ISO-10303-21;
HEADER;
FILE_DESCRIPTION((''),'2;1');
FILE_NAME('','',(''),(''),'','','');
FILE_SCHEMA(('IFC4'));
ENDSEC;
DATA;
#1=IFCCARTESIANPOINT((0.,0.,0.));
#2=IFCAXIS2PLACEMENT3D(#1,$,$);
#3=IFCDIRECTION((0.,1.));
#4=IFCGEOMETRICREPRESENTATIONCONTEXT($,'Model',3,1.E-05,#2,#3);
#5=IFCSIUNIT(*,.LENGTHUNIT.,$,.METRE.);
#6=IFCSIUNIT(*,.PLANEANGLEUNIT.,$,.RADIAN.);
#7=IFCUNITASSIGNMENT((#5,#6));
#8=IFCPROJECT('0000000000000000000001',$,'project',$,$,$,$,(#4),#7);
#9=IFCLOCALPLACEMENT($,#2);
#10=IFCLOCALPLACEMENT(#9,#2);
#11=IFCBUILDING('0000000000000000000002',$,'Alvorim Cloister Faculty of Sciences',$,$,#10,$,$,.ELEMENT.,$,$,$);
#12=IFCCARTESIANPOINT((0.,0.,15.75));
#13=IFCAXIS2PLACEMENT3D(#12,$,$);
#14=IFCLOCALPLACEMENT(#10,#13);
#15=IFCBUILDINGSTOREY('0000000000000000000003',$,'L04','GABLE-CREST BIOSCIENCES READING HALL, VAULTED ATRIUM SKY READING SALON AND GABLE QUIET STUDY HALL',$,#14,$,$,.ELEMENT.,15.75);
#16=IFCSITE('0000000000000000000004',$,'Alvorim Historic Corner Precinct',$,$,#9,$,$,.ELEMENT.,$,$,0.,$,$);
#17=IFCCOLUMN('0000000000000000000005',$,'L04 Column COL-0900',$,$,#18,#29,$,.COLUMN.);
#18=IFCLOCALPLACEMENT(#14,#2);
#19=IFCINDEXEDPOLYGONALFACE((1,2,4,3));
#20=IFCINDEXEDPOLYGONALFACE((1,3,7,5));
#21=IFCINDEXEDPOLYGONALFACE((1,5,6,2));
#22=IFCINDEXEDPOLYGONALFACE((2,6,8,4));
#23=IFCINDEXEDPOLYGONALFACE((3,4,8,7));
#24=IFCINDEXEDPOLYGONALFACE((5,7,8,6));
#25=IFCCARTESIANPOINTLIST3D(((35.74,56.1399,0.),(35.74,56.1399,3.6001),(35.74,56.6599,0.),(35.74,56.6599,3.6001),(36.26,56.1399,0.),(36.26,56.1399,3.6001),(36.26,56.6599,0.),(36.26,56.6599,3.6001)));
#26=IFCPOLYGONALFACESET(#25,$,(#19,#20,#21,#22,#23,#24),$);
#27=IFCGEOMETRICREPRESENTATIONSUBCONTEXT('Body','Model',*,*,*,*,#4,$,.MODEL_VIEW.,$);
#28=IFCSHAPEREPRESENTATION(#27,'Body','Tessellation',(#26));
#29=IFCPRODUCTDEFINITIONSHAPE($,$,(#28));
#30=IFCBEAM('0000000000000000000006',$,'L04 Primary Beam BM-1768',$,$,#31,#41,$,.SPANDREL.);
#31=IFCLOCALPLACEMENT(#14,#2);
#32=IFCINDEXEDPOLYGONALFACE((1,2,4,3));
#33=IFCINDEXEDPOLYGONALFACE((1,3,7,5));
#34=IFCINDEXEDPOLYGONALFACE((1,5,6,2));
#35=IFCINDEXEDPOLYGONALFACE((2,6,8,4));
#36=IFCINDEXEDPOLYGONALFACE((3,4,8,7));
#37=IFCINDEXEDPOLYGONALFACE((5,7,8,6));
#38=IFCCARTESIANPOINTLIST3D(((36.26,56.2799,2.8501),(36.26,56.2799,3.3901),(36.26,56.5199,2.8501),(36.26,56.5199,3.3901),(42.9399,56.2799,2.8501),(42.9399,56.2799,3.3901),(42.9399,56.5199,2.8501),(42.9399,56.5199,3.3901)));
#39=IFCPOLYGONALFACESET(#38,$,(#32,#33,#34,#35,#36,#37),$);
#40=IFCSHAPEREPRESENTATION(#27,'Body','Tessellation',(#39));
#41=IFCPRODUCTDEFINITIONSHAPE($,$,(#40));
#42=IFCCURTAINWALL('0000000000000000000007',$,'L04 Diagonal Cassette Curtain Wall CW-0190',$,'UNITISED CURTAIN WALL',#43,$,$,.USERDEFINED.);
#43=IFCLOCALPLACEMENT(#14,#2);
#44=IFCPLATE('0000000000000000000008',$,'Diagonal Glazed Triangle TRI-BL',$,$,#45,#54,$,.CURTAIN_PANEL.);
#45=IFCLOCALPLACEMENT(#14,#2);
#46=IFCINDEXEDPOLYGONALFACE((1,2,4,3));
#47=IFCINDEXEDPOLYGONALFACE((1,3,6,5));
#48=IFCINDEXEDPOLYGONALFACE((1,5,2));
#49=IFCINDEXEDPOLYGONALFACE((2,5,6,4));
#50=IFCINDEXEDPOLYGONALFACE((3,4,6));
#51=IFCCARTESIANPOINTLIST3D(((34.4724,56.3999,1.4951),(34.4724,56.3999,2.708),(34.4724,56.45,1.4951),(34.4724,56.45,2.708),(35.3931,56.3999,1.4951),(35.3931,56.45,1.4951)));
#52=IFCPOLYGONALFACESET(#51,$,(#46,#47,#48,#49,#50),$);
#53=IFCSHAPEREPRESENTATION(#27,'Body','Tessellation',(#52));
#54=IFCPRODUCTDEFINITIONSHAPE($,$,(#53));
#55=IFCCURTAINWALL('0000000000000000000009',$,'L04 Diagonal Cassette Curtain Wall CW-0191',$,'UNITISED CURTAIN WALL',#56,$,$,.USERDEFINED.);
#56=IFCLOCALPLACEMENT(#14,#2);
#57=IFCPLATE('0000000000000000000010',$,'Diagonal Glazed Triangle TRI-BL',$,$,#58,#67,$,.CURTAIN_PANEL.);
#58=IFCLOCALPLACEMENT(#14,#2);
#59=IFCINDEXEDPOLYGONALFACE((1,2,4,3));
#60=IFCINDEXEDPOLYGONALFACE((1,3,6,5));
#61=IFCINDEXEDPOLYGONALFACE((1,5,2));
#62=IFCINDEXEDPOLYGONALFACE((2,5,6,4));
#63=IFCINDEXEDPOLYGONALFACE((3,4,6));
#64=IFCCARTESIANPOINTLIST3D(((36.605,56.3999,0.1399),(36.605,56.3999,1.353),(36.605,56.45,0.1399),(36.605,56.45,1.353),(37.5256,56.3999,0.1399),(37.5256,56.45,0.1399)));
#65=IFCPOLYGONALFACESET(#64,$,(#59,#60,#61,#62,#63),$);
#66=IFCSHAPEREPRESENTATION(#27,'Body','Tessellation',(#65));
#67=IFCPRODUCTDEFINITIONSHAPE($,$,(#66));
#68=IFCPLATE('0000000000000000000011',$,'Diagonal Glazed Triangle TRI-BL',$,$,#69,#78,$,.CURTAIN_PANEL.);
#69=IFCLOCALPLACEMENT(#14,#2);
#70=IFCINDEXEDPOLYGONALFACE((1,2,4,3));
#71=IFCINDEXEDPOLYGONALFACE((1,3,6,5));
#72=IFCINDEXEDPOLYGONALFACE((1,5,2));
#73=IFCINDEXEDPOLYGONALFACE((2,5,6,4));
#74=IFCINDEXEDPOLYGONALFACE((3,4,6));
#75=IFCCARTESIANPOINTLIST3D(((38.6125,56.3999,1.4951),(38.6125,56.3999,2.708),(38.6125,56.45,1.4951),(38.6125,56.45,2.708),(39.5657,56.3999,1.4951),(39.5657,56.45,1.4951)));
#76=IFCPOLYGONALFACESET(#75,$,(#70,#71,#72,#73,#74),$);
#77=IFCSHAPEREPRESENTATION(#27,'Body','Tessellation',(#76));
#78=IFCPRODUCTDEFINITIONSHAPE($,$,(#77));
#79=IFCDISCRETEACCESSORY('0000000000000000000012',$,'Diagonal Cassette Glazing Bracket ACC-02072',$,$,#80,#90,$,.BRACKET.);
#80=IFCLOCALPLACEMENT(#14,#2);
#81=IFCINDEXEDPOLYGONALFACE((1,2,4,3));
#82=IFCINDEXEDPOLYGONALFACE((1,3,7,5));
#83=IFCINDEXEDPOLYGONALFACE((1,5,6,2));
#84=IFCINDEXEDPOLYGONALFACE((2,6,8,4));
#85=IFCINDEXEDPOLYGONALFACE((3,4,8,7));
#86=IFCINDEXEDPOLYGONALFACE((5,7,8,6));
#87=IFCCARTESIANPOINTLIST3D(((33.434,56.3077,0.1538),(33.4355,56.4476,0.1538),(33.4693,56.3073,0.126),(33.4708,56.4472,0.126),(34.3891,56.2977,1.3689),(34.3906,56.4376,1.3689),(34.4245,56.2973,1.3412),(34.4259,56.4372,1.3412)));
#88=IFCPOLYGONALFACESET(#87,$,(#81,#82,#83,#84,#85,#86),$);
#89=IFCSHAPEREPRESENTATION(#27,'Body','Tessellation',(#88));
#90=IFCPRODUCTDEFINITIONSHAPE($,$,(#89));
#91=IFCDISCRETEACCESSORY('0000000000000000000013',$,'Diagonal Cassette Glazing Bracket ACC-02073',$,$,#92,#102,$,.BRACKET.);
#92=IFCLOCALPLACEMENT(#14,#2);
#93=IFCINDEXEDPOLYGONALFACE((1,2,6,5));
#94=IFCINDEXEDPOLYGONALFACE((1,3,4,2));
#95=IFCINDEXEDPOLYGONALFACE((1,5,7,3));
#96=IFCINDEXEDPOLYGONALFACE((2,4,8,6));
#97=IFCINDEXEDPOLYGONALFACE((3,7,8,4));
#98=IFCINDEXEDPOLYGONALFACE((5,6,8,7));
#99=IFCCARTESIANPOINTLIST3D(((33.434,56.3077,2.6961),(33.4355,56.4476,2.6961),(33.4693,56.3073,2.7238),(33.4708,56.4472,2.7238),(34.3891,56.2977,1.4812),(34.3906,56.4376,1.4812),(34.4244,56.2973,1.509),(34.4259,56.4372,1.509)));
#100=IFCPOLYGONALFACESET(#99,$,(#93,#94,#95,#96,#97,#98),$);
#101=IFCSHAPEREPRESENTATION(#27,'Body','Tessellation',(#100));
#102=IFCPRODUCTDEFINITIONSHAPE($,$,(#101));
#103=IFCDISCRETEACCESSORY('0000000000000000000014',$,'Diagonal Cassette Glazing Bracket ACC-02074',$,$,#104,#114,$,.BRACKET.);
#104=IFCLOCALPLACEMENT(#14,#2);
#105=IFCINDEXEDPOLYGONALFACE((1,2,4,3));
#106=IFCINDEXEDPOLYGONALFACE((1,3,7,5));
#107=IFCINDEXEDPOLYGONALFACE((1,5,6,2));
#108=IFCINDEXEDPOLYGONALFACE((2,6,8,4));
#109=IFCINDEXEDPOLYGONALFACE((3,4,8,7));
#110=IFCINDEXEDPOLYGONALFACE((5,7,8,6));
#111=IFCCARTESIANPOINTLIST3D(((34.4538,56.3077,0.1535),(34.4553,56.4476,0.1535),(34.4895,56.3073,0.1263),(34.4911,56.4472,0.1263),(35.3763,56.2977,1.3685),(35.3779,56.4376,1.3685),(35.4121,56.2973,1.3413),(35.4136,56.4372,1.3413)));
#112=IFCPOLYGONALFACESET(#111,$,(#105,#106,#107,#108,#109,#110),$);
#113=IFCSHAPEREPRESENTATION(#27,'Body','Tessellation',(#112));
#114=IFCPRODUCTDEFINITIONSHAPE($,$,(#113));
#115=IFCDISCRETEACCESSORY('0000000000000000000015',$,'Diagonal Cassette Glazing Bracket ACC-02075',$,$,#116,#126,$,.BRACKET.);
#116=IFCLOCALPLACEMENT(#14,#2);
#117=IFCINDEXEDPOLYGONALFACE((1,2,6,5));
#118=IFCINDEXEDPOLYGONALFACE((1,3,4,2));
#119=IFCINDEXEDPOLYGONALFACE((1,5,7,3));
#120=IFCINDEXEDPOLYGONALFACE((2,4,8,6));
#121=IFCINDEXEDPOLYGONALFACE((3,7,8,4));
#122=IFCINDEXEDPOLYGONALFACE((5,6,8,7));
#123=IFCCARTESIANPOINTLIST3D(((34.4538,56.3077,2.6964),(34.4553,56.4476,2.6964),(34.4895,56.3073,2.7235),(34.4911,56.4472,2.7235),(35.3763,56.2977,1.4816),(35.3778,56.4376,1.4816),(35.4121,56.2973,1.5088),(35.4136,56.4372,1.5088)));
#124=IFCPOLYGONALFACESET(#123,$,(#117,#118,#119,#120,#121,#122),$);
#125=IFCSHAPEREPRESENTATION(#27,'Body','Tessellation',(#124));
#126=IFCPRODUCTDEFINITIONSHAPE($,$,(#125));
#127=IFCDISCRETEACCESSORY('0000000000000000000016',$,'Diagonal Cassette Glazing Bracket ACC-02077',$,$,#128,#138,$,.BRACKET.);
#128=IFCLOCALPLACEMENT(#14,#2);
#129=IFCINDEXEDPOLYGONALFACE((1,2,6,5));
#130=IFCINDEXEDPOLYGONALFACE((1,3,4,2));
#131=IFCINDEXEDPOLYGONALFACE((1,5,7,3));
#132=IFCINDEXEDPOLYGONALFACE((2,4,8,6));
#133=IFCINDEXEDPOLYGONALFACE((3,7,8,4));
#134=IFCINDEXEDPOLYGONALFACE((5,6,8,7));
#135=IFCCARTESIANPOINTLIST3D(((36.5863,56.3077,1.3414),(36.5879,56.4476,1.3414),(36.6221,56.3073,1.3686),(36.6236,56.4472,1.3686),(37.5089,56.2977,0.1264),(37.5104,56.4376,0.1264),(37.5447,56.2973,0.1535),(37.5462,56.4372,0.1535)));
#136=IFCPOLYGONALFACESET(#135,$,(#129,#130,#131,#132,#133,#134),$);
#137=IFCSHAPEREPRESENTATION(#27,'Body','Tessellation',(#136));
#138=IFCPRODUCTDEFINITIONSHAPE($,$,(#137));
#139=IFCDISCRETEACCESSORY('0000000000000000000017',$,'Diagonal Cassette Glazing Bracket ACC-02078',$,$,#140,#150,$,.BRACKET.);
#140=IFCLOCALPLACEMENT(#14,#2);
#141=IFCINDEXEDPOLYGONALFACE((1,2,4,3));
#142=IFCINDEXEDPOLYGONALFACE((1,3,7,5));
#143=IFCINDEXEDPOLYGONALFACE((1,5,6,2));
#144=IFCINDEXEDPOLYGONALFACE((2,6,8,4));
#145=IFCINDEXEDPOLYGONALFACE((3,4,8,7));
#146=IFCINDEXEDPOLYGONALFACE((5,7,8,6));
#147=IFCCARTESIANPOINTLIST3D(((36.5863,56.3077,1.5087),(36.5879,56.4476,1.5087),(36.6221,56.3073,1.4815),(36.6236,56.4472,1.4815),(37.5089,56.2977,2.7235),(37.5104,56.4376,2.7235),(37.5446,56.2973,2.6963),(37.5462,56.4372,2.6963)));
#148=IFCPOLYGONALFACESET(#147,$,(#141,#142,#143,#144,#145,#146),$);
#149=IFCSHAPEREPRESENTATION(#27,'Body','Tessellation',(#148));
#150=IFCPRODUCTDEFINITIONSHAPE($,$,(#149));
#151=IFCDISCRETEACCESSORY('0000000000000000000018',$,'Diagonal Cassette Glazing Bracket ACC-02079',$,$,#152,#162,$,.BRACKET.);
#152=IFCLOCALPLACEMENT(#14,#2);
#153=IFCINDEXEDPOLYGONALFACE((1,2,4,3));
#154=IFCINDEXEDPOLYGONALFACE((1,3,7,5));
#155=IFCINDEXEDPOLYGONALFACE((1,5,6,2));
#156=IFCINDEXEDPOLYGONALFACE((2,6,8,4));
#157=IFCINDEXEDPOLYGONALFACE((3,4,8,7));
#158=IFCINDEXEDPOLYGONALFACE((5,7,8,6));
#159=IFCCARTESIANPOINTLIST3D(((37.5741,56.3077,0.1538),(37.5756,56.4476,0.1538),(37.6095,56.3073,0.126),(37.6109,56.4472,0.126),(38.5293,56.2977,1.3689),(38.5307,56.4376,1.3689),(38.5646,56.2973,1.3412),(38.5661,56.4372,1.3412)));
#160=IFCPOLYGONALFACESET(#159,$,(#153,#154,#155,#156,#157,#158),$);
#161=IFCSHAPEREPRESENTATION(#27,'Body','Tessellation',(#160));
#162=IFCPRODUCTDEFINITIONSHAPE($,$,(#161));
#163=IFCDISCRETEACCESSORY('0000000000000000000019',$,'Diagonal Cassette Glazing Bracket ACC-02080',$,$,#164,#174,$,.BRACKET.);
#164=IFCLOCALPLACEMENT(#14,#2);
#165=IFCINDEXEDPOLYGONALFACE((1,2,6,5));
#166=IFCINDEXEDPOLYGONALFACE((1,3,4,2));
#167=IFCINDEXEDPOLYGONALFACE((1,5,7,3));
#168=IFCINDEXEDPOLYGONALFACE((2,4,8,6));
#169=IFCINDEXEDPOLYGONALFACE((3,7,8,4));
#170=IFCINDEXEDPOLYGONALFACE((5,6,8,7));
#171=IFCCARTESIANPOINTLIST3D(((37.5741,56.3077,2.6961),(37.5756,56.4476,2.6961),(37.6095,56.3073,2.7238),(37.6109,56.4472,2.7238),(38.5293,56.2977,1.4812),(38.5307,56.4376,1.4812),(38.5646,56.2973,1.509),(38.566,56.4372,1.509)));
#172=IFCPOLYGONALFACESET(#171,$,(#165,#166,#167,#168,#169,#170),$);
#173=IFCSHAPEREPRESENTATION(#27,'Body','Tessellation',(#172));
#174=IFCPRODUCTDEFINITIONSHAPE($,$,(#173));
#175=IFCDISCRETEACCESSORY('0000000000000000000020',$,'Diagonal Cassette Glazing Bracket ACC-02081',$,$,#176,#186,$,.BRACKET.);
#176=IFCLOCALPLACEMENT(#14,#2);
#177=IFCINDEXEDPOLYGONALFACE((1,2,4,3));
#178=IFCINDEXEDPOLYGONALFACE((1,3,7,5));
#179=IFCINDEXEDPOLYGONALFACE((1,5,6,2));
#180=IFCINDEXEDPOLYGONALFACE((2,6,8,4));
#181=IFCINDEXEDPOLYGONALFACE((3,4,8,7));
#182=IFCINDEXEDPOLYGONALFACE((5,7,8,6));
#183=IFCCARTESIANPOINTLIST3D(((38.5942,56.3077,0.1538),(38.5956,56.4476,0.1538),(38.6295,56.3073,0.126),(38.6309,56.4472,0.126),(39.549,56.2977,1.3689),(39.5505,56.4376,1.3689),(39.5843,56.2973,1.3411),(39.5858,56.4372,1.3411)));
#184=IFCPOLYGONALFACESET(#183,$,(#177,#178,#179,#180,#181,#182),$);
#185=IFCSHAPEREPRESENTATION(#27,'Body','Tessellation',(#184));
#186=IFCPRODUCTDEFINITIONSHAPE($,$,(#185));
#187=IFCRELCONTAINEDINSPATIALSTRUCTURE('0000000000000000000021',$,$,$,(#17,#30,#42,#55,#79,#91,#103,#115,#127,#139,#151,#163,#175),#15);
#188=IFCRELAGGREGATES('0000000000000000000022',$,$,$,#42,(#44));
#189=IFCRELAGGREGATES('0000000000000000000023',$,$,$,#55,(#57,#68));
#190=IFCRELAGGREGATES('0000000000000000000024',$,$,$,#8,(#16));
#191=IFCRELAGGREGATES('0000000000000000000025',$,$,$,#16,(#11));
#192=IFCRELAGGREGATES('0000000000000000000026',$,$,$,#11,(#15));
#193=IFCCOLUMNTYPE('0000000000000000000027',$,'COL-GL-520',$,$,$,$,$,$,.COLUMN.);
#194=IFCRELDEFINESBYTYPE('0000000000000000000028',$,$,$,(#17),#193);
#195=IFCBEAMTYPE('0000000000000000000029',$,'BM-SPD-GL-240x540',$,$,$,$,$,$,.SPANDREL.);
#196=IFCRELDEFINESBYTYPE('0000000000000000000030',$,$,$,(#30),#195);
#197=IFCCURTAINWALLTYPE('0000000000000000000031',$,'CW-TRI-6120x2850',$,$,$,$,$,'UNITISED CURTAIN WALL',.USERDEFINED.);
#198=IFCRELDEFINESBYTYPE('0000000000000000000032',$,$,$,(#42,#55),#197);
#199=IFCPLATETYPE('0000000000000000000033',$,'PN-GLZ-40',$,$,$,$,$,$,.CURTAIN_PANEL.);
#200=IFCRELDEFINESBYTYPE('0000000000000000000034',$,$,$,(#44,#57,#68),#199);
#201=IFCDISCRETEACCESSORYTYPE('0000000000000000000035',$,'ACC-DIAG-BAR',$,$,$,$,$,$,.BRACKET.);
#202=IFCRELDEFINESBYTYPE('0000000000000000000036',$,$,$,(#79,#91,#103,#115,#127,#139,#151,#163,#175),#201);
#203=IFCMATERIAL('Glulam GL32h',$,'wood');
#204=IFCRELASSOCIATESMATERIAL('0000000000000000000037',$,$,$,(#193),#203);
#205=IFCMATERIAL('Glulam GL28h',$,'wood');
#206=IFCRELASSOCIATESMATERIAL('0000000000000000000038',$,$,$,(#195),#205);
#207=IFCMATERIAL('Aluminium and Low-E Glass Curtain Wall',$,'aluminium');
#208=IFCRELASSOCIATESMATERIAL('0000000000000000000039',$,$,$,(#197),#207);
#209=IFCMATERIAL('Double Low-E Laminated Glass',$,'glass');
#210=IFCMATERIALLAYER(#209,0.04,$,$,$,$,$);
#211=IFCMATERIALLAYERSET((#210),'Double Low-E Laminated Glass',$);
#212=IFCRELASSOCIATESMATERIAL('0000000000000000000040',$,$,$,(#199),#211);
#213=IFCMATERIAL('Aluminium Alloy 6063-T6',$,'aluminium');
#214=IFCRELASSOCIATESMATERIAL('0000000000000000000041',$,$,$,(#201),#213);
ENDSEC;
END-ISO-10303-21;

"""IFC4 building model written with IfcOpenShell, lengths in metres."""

from ifc_helpers import new_model, si_unit, direction, frame, origin, origin_2d, place, context, subcontext, project, spatial, polyline, rectangle, outline, extrude, material, layer, layer_set, material_profile, profile_set, type_object, element, aggregate, save


model = new_model("IFC4")

# Units and contexts
model_context = context("Model", 3, precision=1e-05, world=origin(), true_north=direction((0.0, 1.0)))
body_context = subcontext(model_context, "Body", "Model", "MODEL_VIEW")
ifc_project = project(units=[si_unit("LENGTHUNIT", "METRE"), si_unit("PLANEANGLEUNIT", "RADIAN")], contexts=[model_context])

# Site, building, storey
site_placement = place(None, origin())
site = spatial("IfcSite", under=ifc_project, at=site_placement, Name="Alvorim Historic Corner Precinct", CompositionType="ELEMENT", RefElevation=0.0)
building_placement = place(site_placement, origin())
building = spatial("IfcBuilding", under=site, at=building_placement, Name="Alvorim Cloister Faculty of Sciences", CompositionType="ELEMENT")
storey_placement = place(building_placement, frame((0.0, 0.0, 15.75)))
storey = spatial("IfcBuildingStorey", under=building, at=storey_placement, Name="L04", Description="GABLE-CREST BIOSCIENCES READING HALL, VAULTED ATRIUM SKY READING SALON AND GABLE QUIET STUDY HALL", CompositionType="ELEMENT", Elevation=15.75)

# Column
ifc_material_1 = material(Name="Glulam GL32h", Category="wood")
ifc_material_profile_1 = material_profile(ifc_material_1, rectangle(XDim=0.52, YDim=0.52, at=origin_2d()), Name="GL32-COL-520x520")
ifc_profile_set_1 = profile_set([ifc_material_profile_1], Name="Glulam GL32h")
column_type = type_object("IfcColumnType", Name="COL-GL-520", PredefinedType="COLUMN", material=ifc_profile_set_1)
column_placement = place(storey_placement, frame((36.0, 56.3999, 0.0), z_axis=(0.0, 0.0, 1.0), x_axis=(1.0, 0.0, 0.0)))
element("IfcColumn", 1, at=column_placement, inside=storey, type_object=column_type, Name="L04 Column COL-0900", PredefinedType="COLUMN", context=body_context, shape_type="SweptSolid", body=[
    extrude(rectangle(XDim=0.52, YDim=0.52, at=origin_2d()), origin(), (0.0, 0.0, 1.0), 3.6001),
])

# Beam
ifc_material_2 = material(Name="Glulam GL28h", Category="wood")
ifc_material_profile_2 = material_profile(ifc_material_2, rectangle(XDim=0.24, YDim=0.54, at=origin_2d()), Name="GL28-SPD-240x540")
ifc_profile_set_2 = profile_set([ifc_material_profile_2], Name="Glulam GL28h")
beam_type = type_object("IfcBeamType", Name="BM-SPD-GL-240x540", PredefinedType="SPANDREL", material=ifc_profile_set_2)
beam_placement = place(storey_placement, frame((36.26, 56.3999, 3.1201), z_axis=(1.0, 0.0, 0.0), x_axis=(0.0, 1.0, 0.0)))
element("IfcBeam", 2, at=beam_placement, inside=storey, type_object=beam_type, Name="L04 Primary Beam BM-1768", PredefinedType="SPANDREL", context=body_context, shape_type="SweptSolid", body=[
    extrude(rectangle(XDim=0.24, YDim=0.54, at=origin_2d()), origin(), (0.0, 0.0, 1.0), 6.6799),
])

# Curtain walls, plates
ifc_material_3 = material(Name="Aluminium and Low-E Glass Curtain Wall", Category="aluminium")
curtain_wall_type = type_object("IfcCurtainWallType", Name="CW-TRI-6120x2850", ElementType="UNITISED CURTAIN WALL", PredefinedType="USERDEFINED", material=ifc_material_3)
curtain_wall_1_placement = place(storey_placement, origin())
curtain_wall_1 = element("IfcCurtainWall", 3, at=curtain_wall_1_placement, inside=storey, type_object=curtain_wall_type, Name="L04 Diagonal Cassette Curtain Wall CW-0190", ObjectType="UNITISED CURTAIN WALL", PredefinedType="USERDEFINED")
ifc_material_4 = material(Name="Double Low-E Laminated Glass", Category="glass")
ifc_layer = layer(ifc_material_4, 0.04)
ifc_layer_set = layer_set([ifc_layer], Name="Double Low-E Laminated Glass")
plate_type = type_object("IfcPlateType", Name="PN-GLZ-40", PredefinedType="CURTAIN_PANEL", material=ifc_layer_set)
plate_1_placement = place(storey_placement, frame((34.4724, 56.425, 1.4951), z_axis=(0.0, 0.0, 1.0), x_axis=(1.0, 0.0, 0.0)))
plate_1 = element("IfcPlate", 4, at=plate_1_placement, type_object=plate_type, Name="Diagonal Glazed Triangle TRI-BL", PredefinedType="CURTAIN_PANEL", context=body_context, shape_type="SweptSolid", body=[
    extrude(outline(polyline([(0.0, 0.0), (0.9207, 0.0), (0.0, 1.2129), (0.0, 0.0)])), frame((0.0, 0.0249, 0.0), z_axis=(0.0, -1.0, 0.0), x_axis=(1.0, 0.0, 0.0)), (0.0, 0.0, 1.0), 0.05),
])
aggregate(curtain_wall_1, [plate_1])
curtain_wall_2_placement = place(storey_placement, origin())
curtain_wall_2 = element("IfcCurtainWall", 5, at=curtain_wall_2_placement, inside=storey, type_object=curtain_wall_type, Name="L04 Diagonal Cassette Curtain Wall CW-0191", ObjectType="UNITISED CURTAIN WALL", PredefinedType="USERDEFINED")
plate_2_placement = place(storey_placement, frame((36.605, 56.425, 0.1399), z_axis=(0.0, 0.0, 1.0), x_axis=(1.0, 0.0, 0.0)))
plate_2 = element("IfcPlate", 6, at=plate_2_placement, type_object=plate_type, Name="Diagonal Glazed Triangle TRI-BL", PredefinedType="CURTAIN_PANEL", context=body_context, shape_type="SweptSolid", body=[
    extrude(outline(polyline([(0.0, 0.0), (0.9207, 0.0), (0.0, 1.2131), (0.0, 0.0)])), frame((0.0, 0.0249, 0.0), z_axis=(0.0, -1.0, 0.0), x_axis=(1.0, 0.0, 0.0)), (0.0, 0.0, 1.0), 0.05),
])
plate_3_placement = place(storey_placement, frame((38.6125, 56.425, 1.4951), z_axis=(0.0, 0.0, 1.0), x_axis=(1.0, 0.0, 0.0)))
plate_3 = element("IfcPlate", 7, at=plate_3_placement, type_object=plate_type, Name="Diagonal Glazed Triangle TRI-BL", PredefinedType="CURTAIN_PANEL", context=body_context, shape_type="SweptSolid", body=[
    extrude(outline(polyline([(0.0, 0.0), (0.9531, 0.0), (0.0, 1.2129), (0.0, 0.0)])), frame((0.0, 0.0249, 0.0), z_axis=(0.0, -1.0, 0.0), x_axis=(1.0, 0.0, 0.0)), (0.0, 0.0, 1.0), 0.05),
])
aggregate(curtain_wall_2, [plate_2, plate_3])

# Discrete accessories
ifc_material_5 = material(Name="Aluminium Alloy 6063-T6", Category="aluminium")
discrete_accessory_type = type_object("IfcDiscreteAccessoryType", Name="ACC-DIAG-BAR", PredefinedType="BRACKET", material=ifc_material_5)
discrete_accessory_1_placement = place(storey_placement, frame((33.4524, 56.3774, 0.1399), z_axis=(0.617955, -0.006477, 0.786187), x_axis=(0.01048, 0.999945, 0.0)))
element("IfcDiscreteAccessory", 8, at=discrete_accessory_1_placement, inside=storey, type_object=discrete_accessory_type, Name="Diagonal Cassette Glazing Bracket ACC-02072", PredefinedType="BRACKET", context=body_context, shape_type="SweptSolid", body=[
    extrude(rectangle(XDim=0.1399, YDim=0.0449, at=origin_2d()), origin(), (0.0, 0.0, 1.0), 1.5457),
])
discrete_accessory_2_placement = place(storey_placement, frame((33.4524, 56.3774, 2.71), z_axis=(0.618032, -0.006477, -0.786126), x_axis=(0.01048, 0.999945, 0.0)))
element("IfcDiscreteAccessory", 9, at=discrete_accessory_2_placement, inside=storey, type_object=discrete_accessory_type, Name="Diagonal Cassette Glazing Bracket ACC-02073", PredefinedType="BRACKET", context=body_context, shape_type="SweptSolid", body=[
    extrude(rectangle(XDim=0.1399, YDim=0.0449, at=origin_2d()), origin(), (0.0, 0.0, 1.0), 1.5454),
])
discrete_accessory_3_placement = place(storey_placement, frame((34.4724, 56.3774, 0.1399), z_axis=(0.604713, -0.006561, 0.796416), x_axis=(0.010849, 0.999941, 0.0)))
element("IfcDiscreteAccessory", 10, at=discrete_accessory_3_placement, inside=storey, type_object=discrete_accessory_type, Name="Diagonal Cassette Glazing Bracket ACC-02074", PredefinedType="BRACKET", context=body_context, shape_type="SweptSolid", body=[
    extrude(rectangle(XDim=0.1399, YDim=0.0449, at=origin_2d()), origin(), (0.0, 0.0, 1.0), 1.5256),
])
discrete_accessory_4_placement = place(storey_placement, frame((34.4724, 56.3774, 2.71), z_axis=(0.60479, -0.006562, -0.796358), x_axis=(0.010849, 0.999941, 0.0)))
element("IfcDiscreteAccessory", 11, at=discrete_accessory_4_placement, inside=storey, type_object=discrete_accessory_type, Name="Diagonal Cassette Glazing Bracket ACC-02075", PredefinedType="BRACKET", context=body_context, shape_type="SweptSolid", body=[
    extrude(rectangle(XDim=0.1399, YDim=0.0449, at=origin_2d()), origin(), (0.0, 0.0, 1.0), 1.5254),
])
discrete_accessory_5_placement = place(storey_placement, frame((36.605, 56.3774, 1.355), z_axis=(0.604713, -0.006561, -0.796416), x_axis=(0.010849, 0.999941, 0.0)))
element("IfcDiscreteAccessory", 12, at=discrete_accessory_5_placement, inside=storey, type_object=discrete_accessory_type, Name="Diagonal Cassette Glazing Bracket ACC-02077", PredefinedType="BRACKET", context=body_context, shape_type="SweptSolid", body=[
    extrude(rectangle(XDim=0.1399, YDim=0.0449, at=origin_2d()), origin(), (0.0, 0.0, 1.0), 1.5256),
])
discrete_accessory_6_placement = place(storey_placement, frame((36.605, 56.3774, 1.4951), z_axis=(0.60479, -0.006562, 0.796358), x_axis=(0.010849, 0.999941, 0.0)))
element("IfcDiscreteAccessory", 13, at=discrete_accessory_6_placement, inside=storey, type_object=discrete_accessory_type, Name="Diagonal Cassette Glazing Bracket ACC-02078", PredefinedType="BRACKET", context=body_context, shape_type="SweptSolid", body=[
    extrude(rectangle(XDim=0.1399, YDim=0.0449, at=origin_2d()), origin(), (0.0, 0.0, 1.0), 1.5254),
])
discrete_accessory_7_placement = place(storey_placement, frame((37.5925, 56.3774, 0.1399), z_axis=(0.617955, -0.006477, 0.786187), x_axis=(0.01048, 0.999945, 0.0)))
element("IfcDiscreteAccessory", 14, at=discrete_accessory_7_placement, inside=storey, type_object=discrete_accessory_type, Name="Diagonal Cassette Glazing Bracket ACC-02079", PredefinedType="BRACKET", context=body_context, shape_type="SweptSolid", body=[
    extrude(rectangle(XDim=0.1399, YDim=0.0449, at=origin_2d()), origin(), (0.0, 0.0, 1.0), 1.5457),
])
for number, where, z_axis, x_axis, name in (
    (15, (37.5925, 56.3774, 2.71), (0.618032, -0.006477, -0.786126), (0.01048, 0.999945, 0.0), "Diagonal Cassette Glazing Bracket ACC-02080"),
    (16, (38.6125, 56.3774, 0.1399), (0.617857, -0.006477, 0.786263), (0.010483, 0.999945, 0.0), "Diagonal Cassette Glazing Bracket ACC-02081"),
):
    element("IfcDiscreteAccessory", number, at=place(storey_placement, frame(where, z_axis=z_axis, x_axis=x_axis)), inside=storey, type_object=discrete_accessory_type, Name=name, PredefinedType="BRACKET", context=body_context, shape_type="SweptSolid", body=[
        extrude(rectangle(XDim=0.1399, YDim=0.0449, at=origin_2d()), origin(), (0.0, 0.0, 1.0), 1.5454),
    ])

save(model, "model.ifc")
